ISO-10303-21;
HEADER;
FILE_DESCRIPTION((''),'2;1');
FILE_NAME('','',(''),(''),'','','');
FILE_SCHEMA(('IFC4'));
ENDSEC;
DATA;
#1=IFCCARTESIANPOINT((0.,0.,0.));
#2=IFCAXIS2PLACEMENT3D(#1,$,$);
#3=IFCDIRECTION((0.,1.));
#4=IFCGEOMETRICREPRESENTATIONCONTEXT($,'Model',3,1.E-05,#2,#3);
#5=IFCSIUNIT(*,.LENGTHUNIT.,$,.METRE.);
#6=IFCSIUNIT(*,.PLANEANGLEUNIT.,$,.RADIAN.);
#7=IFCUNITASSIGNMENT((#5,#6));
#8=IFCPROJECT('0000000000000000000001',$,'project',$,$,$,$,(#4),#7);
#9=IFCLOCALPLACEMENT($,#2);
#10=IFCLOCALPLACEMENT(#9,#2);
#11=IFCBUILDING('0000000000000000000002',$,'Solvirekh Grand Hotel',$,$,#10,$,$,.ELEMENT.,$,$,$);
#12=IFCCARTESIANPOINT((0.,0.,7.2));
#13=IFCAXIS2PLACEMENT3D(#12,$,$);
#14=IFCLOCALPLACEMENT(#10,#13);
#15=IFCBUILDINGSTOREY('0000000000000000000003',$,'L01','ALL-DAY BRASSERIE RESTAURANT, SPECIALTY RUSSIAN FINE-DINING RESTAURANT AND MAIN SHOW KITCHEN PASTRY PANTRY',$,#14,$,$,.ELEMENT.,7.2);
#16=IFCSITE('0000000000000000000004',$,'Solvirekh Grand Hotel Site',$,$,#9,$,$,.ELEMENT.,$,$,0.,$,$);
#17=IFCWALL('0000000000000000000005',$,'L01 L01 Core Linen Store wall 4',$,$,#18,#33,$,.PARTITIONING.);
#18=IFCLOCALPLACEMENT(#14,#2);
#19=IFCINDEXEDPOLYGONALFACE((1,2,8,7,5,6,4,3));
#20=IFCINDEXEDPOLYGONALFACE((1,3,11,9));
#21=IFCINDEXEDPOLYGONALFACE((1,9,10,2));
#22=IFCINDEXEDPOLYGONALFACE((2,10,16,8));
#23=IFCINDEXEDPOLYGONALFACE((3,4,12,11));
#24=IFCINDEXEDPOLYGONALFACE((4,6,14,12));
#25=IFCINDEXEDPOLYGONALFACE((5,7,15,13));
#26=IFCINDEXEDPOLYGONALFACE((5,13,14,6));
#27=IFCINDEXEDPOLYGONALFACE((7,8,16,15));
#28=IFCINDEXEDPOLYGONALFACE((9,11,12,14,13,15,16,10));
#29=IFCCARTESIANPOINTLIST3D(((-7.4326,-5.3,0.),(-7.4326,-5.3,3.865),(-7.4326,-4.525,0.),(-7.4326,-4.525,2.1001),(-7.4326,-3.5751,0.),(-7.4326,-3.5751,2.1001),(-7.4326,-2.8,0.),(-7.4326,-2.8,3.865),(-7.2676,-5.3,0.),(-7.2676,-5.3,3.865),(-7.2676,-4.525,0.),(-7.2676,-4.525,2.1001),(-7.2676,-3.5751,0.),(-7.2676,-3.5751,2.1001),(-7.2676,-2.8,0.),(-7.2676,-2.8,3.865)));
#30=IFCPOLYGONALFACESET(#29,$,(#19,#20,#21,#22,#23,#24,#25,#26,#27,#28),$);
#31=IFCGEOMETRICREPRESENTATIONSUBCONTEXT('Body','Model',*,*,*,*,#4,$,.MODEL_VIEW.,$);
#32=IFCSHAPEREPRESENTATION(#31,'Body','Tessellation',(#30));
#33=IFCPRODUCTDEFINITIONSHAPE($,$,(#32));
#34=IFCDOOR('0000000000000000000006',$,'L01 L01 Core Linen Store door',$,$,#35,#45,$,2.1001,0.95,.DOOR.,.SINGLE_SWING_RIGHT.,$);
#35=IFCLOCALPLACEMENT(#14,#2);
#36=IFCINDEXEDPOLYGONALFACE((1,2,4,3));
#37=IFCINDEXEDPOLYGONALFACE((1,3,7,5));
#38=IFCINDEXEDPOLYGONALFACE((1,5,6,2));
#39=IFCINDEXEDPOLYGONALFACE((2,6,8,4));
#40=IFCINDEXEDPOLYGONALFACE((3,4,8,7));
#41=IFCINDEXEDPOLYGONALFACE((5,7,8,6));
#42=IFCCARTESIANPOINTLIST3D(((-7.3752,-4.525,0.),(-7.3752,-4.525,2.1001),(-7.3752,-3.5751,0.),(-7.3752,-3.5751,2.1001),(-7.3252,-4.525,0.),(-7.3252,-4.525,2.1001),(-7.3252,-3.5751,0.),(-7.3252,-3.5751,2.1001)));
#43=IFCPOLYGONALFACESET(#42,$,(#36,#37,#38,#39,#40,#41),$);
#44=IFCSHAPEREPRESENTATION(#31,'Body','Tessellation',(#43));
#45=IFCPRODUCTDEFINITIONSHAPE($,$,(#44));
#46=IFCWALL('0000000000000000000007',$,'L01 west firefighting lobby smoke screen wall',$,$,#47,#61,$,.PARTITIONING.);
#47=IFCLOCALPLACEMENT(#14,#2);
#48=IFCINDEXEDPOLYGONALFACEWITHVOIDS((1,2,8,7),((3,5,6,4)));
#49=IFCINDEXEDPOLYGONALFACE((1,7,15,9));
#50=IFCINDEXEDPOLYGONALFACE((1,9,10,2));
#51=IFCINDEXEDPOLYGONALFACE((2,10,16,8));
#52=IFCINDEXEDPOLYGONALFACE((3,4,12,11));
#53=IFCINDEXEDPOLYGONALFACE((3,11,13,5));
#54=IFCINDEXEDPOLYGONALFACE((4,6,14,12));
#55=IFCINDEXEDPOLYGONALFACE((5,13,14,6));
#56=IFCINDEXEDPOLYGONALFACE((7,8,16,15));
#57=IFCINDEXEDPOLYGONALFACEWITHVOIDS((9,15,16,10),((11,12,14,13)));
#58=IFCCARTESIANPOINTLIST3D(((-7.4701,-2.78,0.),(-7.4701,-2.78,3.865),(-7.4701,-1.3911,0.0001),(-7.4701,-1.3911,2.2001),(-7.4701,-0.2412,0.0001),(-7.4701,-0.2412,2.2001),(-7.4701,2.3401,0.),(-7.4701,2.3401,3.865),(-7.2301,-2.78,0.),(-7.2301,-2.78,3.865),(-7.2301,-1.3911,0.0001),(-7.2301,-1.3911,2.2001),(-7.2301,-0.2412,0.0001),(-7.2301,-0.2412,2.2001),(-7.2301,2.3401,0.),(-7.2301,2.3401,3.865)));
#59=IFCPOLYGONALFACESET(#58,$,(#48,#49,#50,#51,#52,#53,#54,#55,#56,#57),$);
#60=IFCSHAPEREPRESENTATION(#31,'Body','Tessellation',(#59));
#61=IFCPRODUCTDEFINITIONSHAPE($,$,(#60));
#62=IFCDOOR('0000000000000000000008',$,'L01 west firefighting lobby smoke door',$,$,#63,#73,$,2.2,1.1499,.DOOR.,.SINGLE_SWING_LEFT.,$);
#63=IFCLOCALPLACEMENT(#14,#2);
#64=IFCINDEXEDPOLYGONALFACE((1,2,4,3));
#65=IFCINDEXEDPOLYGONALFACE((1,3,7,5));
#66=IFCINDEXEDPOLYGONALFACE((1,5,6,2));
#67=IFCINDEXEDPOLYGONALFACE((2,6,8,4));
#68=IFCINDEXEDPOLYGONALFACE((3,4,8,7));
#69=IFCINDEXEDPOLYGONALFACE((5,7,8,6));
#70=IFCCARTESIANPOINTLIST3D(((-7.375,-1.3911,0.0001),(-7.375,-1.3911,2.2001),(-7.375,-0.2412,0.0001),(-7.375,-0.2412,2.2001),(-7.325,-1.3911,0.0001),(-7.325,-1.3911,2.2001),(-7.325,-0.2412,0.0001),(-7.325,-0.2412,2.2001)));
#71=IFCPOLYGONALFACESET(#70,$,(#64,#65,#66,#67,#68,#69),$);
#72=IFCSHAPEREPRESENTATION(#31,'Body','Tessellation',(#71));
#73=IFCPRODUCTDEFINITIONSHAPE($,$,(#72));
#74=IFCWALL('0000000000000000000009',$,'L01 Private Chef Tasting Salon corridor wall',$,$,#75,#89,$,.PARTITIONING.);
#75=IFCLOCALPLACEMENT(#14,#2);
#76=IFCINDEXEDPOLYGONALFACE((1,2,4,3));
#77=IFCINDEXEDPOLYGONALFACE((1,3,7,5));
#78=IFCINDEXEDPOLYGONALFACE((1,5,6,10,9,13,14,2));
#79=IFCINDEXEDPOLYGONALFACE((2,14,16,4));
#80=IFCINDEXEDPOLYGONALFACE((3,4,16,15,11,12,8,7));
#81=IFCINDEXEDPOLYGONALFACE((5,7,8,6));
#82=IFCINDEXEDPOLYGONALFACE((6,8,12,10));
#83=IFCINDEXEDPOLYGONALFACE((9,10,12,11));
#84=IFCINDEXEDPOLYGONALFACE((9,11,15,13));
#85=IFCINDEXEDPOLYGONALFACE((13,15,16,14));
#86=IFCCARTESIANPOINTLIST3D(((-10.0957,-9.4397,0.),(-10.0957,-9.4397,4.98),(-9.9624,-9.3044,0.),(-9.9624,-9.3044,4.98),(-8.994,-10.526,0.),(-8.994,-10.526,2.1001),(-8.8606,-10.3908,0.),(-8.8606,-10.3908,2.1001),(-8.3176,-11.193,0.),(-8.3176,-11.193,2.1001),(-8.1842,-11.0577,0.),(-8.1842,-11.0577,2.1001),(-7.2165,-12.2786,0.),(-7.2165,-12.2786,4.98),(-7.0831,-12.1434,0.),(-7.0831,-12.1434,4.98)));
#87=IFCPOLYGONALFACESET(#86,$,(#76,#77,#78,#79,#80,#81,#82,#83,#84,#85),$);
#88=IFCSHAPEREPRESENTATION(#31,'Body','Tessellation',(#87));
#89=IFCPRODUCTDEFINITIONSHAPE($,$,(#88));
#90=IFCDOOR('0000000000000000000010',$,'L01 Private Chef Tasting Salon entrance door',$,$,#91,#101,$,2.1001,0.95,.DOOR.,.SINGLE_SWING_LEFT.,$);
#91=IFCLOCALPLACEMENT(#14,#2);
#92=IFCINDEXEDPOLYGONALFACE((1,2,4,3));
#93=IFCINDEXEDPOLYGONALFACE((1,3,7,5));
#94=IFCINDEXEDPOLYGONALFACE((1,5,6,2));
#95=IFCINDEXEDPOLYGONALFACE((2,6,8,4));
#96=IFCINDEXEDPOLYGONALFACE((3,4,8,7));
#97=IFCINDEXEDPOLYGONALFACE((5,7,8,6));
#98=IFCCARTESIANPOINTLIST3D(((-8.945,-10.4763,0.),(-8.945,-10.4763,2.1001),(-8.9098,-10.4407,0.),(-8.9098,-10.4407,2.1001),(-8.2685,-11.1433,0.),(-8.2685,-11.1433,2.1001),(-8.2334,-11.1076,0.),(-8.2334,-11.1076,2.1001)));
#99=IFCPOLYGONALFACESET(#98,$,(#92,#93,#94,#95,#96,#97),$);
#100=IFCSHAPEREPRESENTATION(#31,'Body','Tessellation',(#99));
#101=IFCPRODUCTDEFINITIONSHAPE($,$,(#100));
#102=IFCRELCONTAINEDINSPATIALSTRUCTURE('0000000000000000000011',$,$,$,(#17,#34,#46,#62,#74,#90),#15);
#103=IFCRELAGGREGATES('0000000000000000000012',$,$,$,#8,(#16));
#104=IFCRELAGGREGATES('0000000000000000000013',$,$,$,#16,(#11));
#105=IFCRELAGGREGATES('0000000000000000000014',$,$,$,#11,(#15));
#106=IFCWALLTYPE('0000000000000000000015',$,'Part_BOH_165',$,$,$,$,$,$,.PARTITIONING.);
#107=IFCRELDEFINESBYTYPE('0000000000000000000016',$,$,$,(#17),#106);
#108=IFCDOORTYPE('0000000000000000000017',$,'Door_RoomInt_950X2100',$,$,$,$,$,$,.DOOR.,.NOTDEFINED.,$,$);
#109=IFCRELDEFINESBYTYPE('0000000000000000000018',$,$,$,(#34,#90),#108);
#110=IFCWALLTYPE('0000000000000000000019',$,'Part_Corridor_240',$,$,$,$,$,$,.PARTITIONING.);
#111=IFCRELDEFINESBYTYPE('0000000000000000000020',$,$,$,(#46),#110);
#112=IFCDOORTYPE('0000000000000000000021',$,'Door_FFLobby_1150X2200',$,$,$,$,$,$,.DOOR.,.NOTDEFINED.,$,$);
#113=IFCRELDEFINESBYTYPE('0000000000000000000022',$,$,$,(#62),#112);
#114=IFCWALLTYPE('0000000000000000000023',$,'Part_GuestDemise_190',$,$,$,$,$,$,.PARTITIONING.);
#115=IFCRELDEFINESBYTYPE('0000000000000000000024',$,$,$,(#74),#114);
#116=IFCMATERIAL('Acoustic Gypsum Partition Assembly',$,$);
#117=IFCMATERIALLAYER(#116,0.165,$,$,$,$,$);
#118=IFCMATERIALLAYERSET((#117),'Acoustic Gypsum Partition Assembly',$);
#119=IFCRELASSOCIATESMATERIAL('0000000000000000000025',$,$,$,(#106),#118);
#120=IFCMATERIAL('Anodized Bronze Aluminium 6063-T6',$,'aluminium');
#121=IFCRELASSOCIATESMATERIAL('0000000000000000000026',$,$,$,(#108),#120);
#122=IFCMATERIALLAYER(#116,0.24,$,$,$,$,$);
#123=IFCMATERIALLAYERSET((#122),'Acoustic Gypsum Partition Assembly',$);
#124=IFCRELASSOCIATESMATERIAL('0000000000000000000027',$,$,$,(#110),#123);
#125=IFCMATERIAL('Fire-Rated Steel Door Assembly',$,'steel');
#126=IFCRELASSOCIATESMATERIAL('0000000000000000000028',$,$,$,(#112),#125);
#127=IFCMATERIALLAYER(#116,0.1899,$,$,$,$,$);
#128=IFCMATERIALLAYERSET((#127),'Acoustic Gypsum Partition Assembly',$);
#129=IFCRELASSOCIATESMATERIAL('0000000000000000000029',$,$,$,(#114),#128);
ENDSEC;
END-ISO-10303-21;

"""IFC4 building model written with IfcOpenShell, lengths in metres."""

from ifc_helpers import new_model, si_unit, direction, frame, frame_2d, origin, place, context, subcontext, project, spatial, rectangle, extrude, material, layer, layer_set, type_object, element, fill, save


model = new_model("IFC4")

# Units and contexts
model_context = context("Model", 3, precision=1e-05, world=origin(), true_north=direction((0.0, 1.0)))
body_context = subcontext(model_context, "Body", "Model", "MODEL_VIEW")
ifc_project = project(units=[si_unit("LENGTHUNIT", "METRE"), si_unit("PLANEANGLEUNIT", "RADIAN")], contexts=[model_context])

# Site, building, storey
site_placement = place(None, origin())
site = spatial("IfcSite", under=ifc_project, at=site_placement, Name="Solvirekh Grand Hotel Site", CompositionType="ELEMENT", RefElevation=0.0)
building_placement = place(site_placement, origin())
building = spatial("IfcBuilding", under=site, at=building_placement, Name="Solvirekh Grand Hotel", CompositionType="ELEMENT")
storey_placement = place(building_placement, frame((0.0, 0.0, 7.2)))
storey = spatial("IfcBuildingStorey", under=building, at=storey_placement, Name="L01", Description="ALL-DAY BRASSERIE RESTAURANT, SPECIALTY RUSSIAN FINE-DINING RESTAURANT AND MAIN SHOW KITCHEN PASTRY PANTRY", CompositionType="ELEMENT", Elevation=7.2)

# Shared definitions
ifc_material_1 = material(Name="Fire-Rated Steel Door Assembly", Category="steel")

# Shared definitions
ifc_material_2 = material(Name="Acoustic Gypsum Partition Assembly")
ifc_layer_1 = layer(ifc_material_2, 0.165)
ifc_layer_set_1 = layer_set([ifc_layer_1], Name="Acoustic Gypsum Partition Assembly")
wall_type_1 = type_object("IfcWallType", Name="Part_BOH_165", PredefinedType="PARTITIONING", material=ifc_layer_set_1)

# Walls, openings, doors
wall_1_placement = place(storey_placement, frame((-7.3501, -2.8, 0.0), z_axis=(0.0, 0.0, 1.0), x_axis=(0.0, -1.0, 0.0)))
wall_1 = element("IfcWall", 1, at=wall_1_placement, inside=storey, type_object=wall_type_1, Name="L01 L01 Core Linen Store wall 4", PredefinedType="PARTITIONING", context=body_context, shape_type="SweptSolid", body=[
    extrude(rectangle(XDim=2.5, YDim=0.165, at=frame_2d((1.25, 0.0))), origin(), (0.0, 0.0, 1.0), 3.865),
])
opening_1_placement = place(wall_1_placement, frame((0.7749, 0.0, 0.0)))
opening_1 = element("IfcOpeningElement", 2, at=opening_1_placement, cuts=wall_1, PredefinedType="OPENING", context=body_context, shape_type="SweptSolid", body=[
    extrude(rectangle(XDim=0.95, YDim=2.1001, at=frame_2d((0.4751, 1.05))), frame((0.0, 0.0925, 0.0), z_axis=(0.0, -1.0, 0.0), x_axis=(1.0, 0.0, 0.0)), (0.0, 0.0, 1.0), 0.1851),
])
ifc_material_3 = material(Name="Anodized Bronze Aluminium 6063-T6", Category="aluminium")
door_type_1 = type_object("IfcDoorType", Name="Door_RoomInt_950X2100", OperationType="NOTDEFINED", PredefinedType="DOOR", material=ifc_material_3)
door_1_placement = place(opening_1_placement, origin())
door_1 = element("IfcDoor", 3, at=door_1_placement, inside=storey, type_object=door_type_1, Name="L01 L01 Core Linen Store door", OperationType="SINGLE_SWING_RIGHT", OverallHeight=2.1001, OverallWidth=0.95, PredefinedType="DOOR", context=body_context, shape_type="SweptSolid", body=[
    extrude(rectangle(XDim=0.95, YDim=2.1001, at=frame_2d((0.4751, 1.05))), frame((0.0, 0.0249, 0.0), z_axis=(0.0, -1.0, 0.0), x_axis=(1.0, 0.0, 0.0)), (0.0, 0.0, 1.0), 0.05),
])
fill(opening_1, door_1)
ifc_layer_2 = layer(ifc_material_2, 0.24)
ifc_layer_set_2 = layer_set([ifc_layer_2], Name="Acoustic Gypsum Partition Assembly")
wall_type_2 = type_object("IfcWallType", Name="Part_Corridor_240", PredefinedType="PARTITIONING", material=ifc_layer_set_2)
wall_2_placement = place(storey_placement, frame((-7.3501, -2.78, 0.0), z_axis=(0.0, 0.0, 1.0), x_axis=(0.0, 1.0, 0.0)))
wall_2 = element("IfcWall", 4, at=wall_2_placement, inside=storey, type_object=wall_type_2, Name="L01 west firefighting lobby smoke screen wall", PredefinedType="PARTITIONING", context=body_context, shape_type="SweptSolid", body=[
    extrude(rectangle(XDim=5.1201, YDim=0.24, at=frame_2d((2.5601, 0.0))), origin(), (0.0, 0.0, 1.0), 3.865),
])
opening_2_placement = place(wall_2_placement, frame((1.3889, 0.0, 0.0)))
opening_2 = element("IfcOpeningElement", 5, at=opening_2_placement, cuts=wall_2, PredefinedType="OPENING", context=body_context, shape_type="SweptSolid", body=[
    extrude(rectangle(XDim=1.1499, YDim=2.2, at=frame_2d((0.575, 1.1001))), frame((0.0, 0.1299, 0.0), z_axis=(0.0, -1.0, 0.0), x_axis=(1.0, 0.0, 0.0)), (0.0, 0.0, 1.0), 0.26),
])
door_type_2 = type_object("IfcDoorType", Name="Door_FFLobby_1150X2200", OperationType="NOTDEFINED", PredefinedType="DOOR", material=ifc_material_1)
door_2_placement = place(opening_2_placement, origin())
door_2 = element("IfcDoor", 6, at=door_2_placement, inside=storey, type_object=door_type_2, Name="L01 west firefighting lobby smoke door", OperationType="SINGLE_SWING_LEFT", OverallHeight=2.2, OverallWidth=1.1499, PredefinedType="DOOR", context=body_context, shape_type="SweptSolid", body=[
    extrude(rectangle(XDim=1.1499, YDim=2.2, at=frame_2d((0.575, 1.1001))), frame((0.0, 0.0249, 0.0), z_axis=(0.0, -1.0, 0.0), x_axis=(1.0, 0.0, 0.0)), (0.0, 0.0, 1.0), 0.05),
])
fill(opening_2, door_2)
ifc_layer_3 = layer(ifc_material_2, 0.1899)
ifc_layer_set_3 = layer_set([ifc_layer_3], Name="Acoustic Gypsum Partition Assembly")
wall_type_3 = type_object("IfcWallType", Name="Part_GuestDemise_190", PredefinedType="PARTITIONING", material=ifc_layer_set_3)
wall_3_placement = place(storey_placement, frame((-10.0291, -9.3721, 0.0), z_axis=(0.0, 0.0, 1.0), x_axis=(0.712071, -0.702108, 0.0)))
wall_3 = element("IfcWall", 7, at=wall_3_placement, inside=storey, type_object=wall_type_3, Name="L01 Private Chef Tasting Salon corridor wall", PredefinedType="PARTITIONING", context=body_context, shape_type="SweptSolid", body=[
    extrude(rectangle(XDim=4.0435, YDim=0.1899, at=frame_2d((2.0217, 0.0))), origin(), (0.0, 0.0, 1.0), 4.98),
])
opening_3_placement = place(wall_3_placement, frame((1.5471, 0.0, 0.0)))
opening_3 = element("IfcOpeningElement", 8, at=opening_3_placement, cuts=wall_3, PredefinedType="OPENING", context=body_context, shape_type="SweptSolid", body=[
    extrude(rectangle(XDim=0.95, YDim=2.1001, at=frame_2d((0.4751, 1.05))), frame((0.0, 0.105, 0.0), z_axis=(0.0, -1.0, 0.0), x_axis=(1.0, 0.0, 0.0)), (0.0, 0.0, 1.0), 0.21),
])
door_3_placement = place(opening_3_placement, origin())
door_3 = element("IfcDoor", 9, at=door_3_placement, inside=storey, type_object=door_type_1, Name="L01 Private Chef Tasting Salon entrance door", OperationType="SINGLE_SWING_LEFT", OverallHeight=2.1001, OverallWidth=0.95, PredefinedType="DOOR", context=body_context, shape_type="SweptSolid", body=[
    extrude(rectangle(XDim=0.95, YDim=2.1001, at=frame_2d((0.4751, 1.05))), frame((0.0, 0.0249, 0.0), z_axis=(0.0, -1.0, 0.0), x_axis=(1.0, 0.0, 0.0)), (0.0, 0.0, 1.0), 0.05),
])
fill(opening_3, door_3)

save(model, "model.ifc")
